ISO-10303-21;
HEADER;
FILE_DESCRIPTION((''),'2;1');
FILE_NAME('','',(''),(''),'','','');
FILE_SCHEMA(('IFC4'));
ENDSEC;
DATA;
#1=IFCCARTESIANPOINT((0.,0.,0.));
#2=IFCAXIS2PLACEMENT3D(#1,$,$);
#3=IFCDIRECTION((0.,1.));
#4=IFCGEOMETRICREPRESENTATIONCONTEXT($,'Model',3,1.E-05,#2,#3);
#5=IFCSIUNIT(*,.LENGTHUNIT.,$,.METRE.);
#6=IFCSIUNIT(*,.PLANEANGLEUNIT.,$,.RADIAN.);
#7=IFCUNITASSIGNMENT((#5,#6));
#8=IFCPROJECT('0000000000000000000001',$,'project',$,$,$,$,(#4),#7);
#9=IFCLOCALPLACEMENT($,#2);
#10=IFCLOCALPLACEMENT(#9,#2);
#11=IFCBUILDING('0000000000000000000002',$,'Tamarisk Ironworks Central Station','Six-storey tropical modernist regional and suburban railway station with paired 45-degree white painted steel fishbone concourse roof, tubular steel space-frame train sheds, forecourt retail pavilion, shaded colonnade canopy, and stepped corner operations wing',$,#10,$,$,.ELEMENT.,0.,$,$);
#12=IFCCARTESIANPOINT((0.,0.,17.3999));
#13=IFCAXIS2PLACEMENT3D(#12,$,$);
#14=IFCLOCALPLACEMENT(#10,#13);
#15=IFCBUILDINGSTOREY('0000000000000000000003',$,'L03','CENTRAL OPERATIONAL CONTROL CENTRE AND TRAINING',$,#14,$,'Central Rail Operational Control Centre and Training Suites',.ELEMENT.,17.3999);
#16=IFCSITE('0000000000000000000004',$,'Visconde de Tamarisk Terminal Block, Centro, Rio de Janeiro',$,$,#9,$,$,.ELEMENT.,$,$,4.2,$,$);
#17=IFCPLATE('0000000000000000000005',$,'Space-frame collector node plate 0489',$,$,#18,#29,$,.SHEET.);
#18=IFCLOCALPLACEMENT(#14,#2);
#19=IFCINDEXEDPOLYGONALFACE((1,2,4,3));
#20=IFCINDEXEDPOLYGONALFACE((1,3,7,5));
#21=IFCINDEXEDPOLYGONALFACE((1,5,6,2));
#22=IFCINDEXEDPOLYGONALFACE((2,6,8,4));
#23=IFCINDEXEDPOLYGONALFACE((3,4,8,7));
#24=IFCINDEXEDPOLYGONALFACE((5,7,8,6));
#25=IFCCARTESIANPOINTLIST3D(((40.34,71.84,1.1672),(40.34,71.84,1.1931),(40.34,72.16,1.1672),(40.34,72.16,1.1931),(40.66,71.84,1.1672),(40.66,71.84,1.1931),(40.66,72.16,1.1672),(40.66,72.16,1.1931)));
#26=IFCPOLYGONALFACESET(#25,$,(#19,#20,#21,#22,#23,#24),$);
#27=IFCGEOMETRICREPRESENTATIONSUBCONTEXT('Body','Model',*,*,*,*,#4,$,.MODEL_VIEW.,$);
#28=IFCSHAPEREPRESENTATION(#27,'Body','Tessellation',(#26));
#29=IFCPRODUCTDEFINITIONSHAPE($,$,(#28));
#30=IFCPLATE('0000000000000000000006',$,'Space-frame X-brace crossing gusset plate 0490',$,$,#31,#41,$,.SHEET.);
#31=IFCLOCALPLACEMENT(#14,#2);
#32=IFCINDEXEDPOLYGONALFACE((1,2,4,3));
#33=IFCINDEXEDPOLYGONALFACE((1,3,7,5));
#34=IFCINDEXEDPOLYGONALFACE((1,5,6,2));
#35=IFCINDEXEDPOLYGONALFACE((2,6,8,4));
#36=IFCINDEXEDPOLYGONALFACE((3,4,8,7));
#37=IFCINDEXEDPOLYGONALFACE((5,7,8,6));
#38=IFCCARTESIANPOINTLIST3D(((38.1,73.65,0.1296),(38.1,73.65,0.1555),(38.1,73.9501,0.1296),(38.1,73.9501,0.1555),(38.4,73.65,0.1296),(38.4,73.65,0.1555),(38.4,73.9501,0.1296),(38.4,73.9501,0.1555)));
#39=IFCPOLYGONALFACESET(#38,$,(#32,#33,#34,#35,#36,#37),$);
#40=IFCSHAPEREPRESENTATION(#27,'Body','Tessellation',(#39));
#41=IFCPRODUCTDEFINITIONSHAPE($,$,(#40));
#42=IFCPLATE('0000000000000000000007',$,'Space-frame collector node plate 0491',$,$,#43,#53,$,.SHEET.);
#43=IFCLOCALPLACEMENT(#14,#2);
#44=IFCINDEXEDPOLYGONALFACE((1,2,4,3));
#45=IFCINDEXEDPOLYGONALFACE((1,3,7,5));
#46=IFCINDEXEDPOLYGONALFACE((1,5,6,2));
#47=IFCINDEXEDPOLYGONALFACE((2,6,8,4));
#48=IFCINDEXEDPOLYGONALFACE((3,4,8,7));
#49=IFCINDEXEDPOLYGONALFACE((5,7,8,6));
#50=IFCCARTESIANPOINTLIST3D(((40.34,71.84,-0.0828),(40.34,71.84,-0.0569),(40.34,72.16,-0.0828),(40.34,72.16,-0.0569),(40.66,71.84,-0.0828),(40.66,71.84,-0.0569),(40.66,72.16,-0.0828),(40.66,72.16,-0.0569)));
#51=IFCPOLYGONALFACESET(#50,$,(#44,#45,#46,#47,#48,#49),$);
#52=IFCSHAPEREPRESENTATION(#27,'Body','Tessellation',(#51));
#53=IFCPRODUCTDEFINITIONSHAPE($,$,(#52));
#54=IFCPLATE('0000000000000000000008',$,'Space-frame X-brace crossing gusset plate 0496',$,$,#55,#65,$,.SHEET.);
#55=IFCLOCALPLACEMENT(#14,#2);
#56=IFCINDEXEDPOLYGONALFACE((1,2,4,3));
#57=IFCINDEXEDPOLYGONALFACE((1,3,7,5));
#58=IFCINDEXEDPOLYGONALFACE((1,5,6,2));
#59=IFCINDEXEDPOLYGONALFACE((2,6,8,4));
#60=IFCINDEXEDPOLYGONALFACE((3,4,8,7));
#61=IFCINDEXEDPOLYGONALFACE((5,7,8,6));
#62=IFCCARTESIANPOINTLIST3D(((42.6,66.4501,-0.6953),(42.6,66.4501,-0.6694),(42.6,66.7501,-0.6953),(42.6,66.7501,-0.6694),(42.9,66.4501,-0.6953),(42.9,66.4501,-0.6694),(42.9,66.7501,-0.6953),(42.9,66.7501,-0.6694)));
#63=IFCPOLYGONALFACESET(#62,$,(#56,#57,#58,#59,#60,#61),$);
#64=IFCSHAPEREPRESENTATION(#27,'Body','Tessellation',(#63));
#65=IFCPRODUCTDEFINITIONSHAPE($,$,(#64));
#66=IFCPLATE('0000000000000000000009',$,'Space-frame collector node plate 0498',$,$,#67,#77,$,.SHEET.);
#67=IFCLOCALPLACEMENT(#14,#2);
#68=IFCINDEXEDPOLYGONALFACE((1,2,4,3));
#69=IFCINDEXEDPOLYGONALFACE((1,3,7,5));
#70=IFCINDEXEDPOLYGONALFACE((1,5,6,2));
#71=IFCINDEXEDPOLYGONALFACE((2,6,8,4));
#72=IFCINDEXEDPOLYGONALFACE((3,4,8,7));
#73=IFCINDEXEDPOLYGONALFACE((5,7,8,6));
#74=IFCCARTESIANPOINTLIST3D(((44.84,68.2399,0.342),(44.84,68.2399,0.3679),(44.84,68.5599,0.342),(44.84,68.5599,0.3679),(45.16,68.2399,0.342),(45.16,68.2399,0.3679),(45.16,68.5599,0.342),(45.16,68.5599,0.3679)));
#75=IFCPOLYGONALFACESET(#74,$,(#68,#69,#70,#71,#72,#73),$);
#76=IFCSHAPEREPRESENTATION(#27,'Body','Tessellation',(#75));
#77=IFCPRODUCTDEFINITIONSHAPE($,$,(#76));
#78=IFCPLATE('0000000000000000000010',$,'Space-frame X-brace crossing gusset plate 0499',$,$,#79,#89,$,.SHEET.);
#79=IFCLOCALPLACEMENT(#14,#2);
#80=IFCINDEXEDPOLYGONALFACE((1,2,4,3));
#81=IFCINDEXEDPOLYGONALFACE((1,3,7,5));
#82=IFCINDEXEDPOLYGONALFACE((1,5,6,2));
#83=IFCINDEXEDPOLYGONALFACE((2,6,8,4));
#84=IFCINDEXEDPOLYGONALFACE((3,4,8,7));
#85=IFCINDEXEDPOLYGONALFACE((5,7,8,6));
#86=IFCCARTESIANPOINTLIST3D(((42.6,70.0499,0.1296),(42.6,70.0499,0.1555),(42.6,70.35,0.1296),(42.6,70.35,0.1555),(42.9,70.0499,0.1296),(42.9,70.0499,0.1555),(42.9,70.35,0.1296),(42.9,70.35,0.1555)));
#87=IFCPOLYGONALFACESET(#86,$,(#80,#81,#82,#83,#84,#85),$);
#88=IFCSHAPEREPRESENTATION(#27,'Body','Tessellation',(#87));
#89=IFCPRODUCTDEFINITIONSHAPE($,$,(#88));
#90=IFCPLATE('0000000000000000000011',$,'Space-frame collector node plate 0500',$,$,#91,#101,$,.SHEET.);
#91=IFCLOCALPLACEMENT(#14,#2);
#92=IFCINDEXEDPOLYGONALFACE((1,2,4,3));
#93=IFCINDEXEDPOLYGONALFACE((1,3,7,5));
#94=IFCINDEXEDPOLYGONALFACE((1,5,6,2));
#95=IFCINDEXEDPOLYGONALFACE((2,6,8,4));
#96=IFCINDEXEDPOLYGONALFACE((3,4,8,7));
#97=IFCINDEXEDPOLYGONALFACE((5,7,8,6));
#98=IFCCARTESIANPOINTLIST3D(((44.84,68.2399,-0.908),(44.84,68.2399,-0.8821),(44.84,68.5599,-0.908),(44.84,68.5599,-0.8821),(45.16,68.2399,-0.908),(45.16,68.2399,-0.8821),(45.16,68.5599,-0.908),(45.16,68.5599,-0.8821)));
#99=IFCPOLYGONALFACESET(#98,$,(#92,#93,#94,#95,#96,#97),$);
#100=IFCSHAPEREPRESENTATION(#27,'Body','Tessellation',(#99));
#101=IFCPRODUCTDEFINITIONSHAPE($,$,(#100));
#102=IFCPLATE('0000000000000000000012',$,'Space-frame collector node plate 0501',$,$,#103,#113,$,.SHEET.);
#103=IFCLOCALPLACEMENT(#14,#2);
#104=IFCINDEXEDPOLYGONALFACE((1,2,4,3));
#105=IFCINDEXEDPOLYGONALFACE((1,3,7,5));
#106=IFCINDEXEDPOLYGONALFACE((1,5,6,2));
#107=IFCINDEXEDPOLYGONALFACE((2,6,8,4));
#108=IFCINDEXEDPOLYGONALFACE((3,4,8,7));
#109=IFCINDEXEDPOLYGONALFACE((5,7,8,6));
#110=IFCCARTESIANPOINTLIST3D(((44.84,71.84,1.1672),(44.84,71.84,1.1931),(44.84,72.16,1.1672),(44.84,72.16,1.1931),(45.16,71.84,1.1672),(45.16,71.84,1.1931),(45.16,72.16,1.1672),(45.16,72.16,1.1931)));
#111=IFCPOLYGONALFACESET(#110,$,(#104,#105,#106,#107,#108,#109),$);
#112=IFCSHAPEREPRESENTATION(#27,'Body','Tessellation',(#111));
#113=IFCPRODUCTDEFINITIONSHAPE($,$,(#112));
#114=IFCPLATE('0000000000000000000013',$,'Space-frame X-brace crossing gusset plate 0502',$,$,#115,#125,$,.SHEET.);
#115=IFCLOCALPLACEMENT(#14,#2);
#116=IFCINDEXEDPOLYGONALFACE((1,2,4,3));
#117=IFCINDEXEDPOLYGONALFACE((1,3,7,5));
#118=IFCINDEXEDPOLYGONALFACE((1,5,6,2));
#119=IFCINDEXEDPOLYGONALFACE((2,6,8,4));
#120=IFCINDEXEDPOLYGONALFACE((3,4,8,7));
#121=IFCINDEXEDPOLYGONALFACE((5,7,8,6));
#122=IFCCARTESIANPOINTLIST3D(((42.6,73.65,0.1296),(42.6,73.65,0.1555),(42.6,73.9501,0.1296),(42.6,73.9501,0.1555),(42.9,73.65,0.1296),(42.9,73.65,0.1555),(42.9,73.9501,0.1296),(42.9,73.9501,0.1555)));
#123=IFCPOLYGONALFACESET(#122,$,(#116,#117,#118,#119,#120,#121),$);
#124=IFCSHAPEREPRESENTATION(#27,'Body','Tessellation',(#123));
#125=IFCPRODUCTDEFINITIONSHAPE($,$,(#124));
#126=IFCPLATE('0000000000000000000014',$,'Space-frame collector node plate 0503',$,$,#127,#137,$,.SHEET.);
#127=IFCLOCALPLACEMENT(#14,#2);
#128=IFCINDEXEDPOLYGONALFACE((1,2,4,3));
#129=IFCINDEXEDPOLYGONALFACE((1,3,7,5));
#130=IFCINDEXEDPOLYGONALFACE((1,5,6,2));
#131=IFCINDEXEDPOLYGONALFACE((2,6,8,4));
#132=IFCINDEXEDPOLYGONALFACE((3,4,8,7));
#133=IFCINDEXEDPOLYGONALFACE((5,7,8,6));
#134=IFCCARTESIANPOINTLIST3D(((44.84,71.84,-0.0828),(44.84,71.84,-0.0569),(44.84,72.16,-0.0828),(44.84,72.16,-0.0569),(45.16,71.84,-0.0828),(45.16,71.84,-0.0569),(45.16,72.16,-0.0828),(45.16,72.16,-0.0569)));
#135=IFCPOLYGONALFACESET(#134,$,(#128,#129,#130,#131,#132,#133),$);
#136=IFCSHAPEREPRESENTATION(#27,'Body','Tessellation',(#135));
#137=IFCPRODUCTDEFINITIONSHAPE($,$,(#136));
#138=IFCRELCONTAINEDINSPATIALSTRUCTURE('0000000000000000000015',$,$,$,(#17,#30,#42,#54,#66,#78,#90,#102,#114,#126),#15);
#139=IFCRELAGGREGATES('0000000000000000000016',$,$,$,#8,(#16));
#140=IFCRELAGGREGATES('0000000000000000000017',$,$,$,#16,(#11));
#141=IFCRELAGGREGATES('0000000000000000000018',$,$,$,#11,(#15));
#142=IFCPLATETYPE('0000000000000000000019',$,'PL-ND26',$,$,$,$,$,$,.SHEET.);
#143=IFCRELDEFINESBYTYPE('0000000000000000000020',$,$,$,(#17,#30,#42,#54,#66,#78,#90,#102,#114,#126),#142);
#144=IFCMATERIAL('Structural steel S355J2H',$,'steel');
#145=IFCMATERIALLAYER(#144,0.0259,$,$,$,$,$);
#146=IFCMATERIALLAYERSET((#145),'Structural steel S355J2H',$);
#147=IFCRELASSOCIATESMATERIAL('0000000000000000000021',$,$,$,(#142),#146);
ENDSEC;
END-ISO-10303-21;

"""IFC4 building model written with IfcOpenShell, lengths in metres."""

from ifc_helpers import new_model, si_unit, direction, frame, origin, origin_2d, place, context, subcontext, project, spatial, rectangle, extrude, material, layer, layer_set, type_object, element, save


model = new_model("IFC4")

# Units and contexts
model_context = context("Model", 3, precision=1e-05, world=origin(), true_north=direction((0.0, 1.0)))
body_context = subcontext(model_context, "Body", "Model", "MODEL_VIEW")
ifc_project = project(units=[si_unit("LENGTHUNIT", "METRE"), si_unit("PLANEANGLEUNIT", "RADIAN")], contexts=[model_context])

# Site, building, storey
site_placement = place(None, origin())
site = spatial("IfcSite", under=ifc_project, at=site_placement, Name="Visconde de Tamarisk Terminal Block, Centro, Rio de Janeiro", CompositionType="ELEMENT", RefElevation=4.2)
building_placement = place(site_placement, origin())
building = spatial("IfcBuilding", under=site, at=building_placement, Name="Tamarisk Ironworks Central Station", Description="Six-storey tropical modernist regional and suburban railway station with paired 45-degree white painted steel fishbone concourse roof, tubular steel space-frame train sheds, forecourt retail pavilion, shaded colonnade canopy, and stepped corner operations wing", CompositionType="ELEMENT", ElevationOfRefHeight=0.0)
storey_placement = place(building_placement, frame((0.0, 0.0, 17.3999)))
storey = spatial("IfcBuildingStorey", under=building, at=storey_placement, Name="L03", Description="CENTRAL OPERATIONAL CONTROL CENTRE AND TRAINING", LongName="Central Rail Operational Control Centre and Training Suites", CompositionType="ELEMENT", Elevation=17.3999)

# Shared definitions
ifc_material_1 = material(Name="Structural steel S355J2H", Category="steel")

# Plates
ifc_layer = layer(ifc_material_1, 0.0259)
ifc_layer_set = layer_set([ifc_layer], Name="Structural steel S355J2H")
plate_type = type_object("IfcPlateType", Name="PL-ND26", PredefinedType="SHEET", material=ifc_layer_set)
for number, where, z_axis, x_axis, name in (
    (1, (40.5, 72.0, 1.1672), (0.0, 0.0, 1.0), (1.0, 0.0, 0.0), "Space-frame collector node plate 0489"),
):
    element("IfcPlate", number, at=place(storey_placement, frame(where, z_axis=z_axis, x_axis=x_axis)), inside=storey, type_object=plate_type, Name=name, PredefinedType="SHEET", context=body_context, shape_type="SweptSolid", body=[
        extrude(rectangle(XDim=0.3201, YDim=0.3201, at=origin_2d()), origin(), (0.0, 0.0, 1.0), 0.0259),
    ])
plate_1_placement = place(storey_placement, frame((38.25, 73.8, 0.1296), z_axis=(0.0, 0.0, 1.0), x_axis=(1.0, 0.0, 0.0)))
element("IfcPlate", 2, at=plate_1_placement, inside=storey, type_object=plate_type, Name="Space-frame X-brace crossing gusset plate 0490", PredefinedType="SHEET", context=body_context, shape_type="SweptSolid", body=[
    extrude(rectangle(XDim=0.3, YDim=0.3, at=origin_2d()), origin(), (0.0, 0.0, 1.0), 0.0259),
])
plate_2_placement = place(storey_placement, frame((40.5, 72.0, -0.0828), z_axis=(0.0, 0.0, 1.0), x_axis=(1.0, 0.0, 0.0)))
element("IfcPlate", 3, at=plate_2_placement, inside=storey, type_object=plate_type, Name="Space-frame collector node plate 0491", PredefinedType="SHEET", context=body_context, shape_type="SweptSolid", body=[
    extrude(rectangle(XDim=0.3201, YDim=0.3201, at=origin_2d()), origin(), (0.0, 0.0, 1.0), 0.0259),
])
plate_3_placement = place(storey_placement, frame((42.75, 66.6001, -0.6953), z_axis=(0.0, 0.0, 1.0), x_axis=(1.0, 0.0, 0.0)))
element("IfcPlate", 4, at=plate_3_placement, inside=storey, type_object=plate_type, Name="Space-frame X-brace crossing gusset plate 0496", PredefinedType="SHEET", context=body_context, shape_type="SweptSolid", body=[
    extrude(rectangle(XDim=0.3, YDim=0.3, at=origin_2d()), origin(), (0.0, 0.0, 1.0), 0.0259),
])
plate_4_placement = place(storey_placement, frame((45.0, 68.3999, 0.342), z_axis=(0.0, 0.0, 1.0), x_axis=(1.0, 0.0, 0.0)))
element("IfcPlate", 5, at=plate_4_placement, inside=storey, type_object=plate_type, Name="Space-frame collector node plate 0498", PredefinedType="SHEET", context=body_context, shape_type="SweptSolid", body=[
    extrude(rectangle(XDim=0.3201, YDim=0.3201, at=origin_2d()), origin(), (0.0, 0.0, 1.0), 0.0259),
])
plate_5_placement = place(storey_placement, frame((42.75, 70.2, 0.1296), z_axis=(0.0, 0.0, 1.0), x_axis=(1.0, 0.0, 0.0)))
element("IfcPlate", 6, at=plate_5_placement, inside=storey, type_object=plate_type, Name="Space-frame X-brace crossing gusset plate 0499", PredefinedType="SHEET", context=body_context, shape_type="SweptSolid", body=[
    extrude(rectangle(XDim=0.3, YDim=0.3, at=origin_2d()), origin(), (0.0, 0.0, 1.0), 0.0259),
])
for number, where, z_axis, x_axis, name in (
    (7, (45.0, 68.3999, -0.908), (0.0, 0.0, 1.0), (1.0, 0.0, 0.0), "Space-frame collector node plate 0500"),
    (8, (45.0, 72.0, 1.1672), (0.0, 0.0, 1.0), (1.0, 0.0, 0.0), "Space-frame collector node plate 0501"),
):
    element("IfcPlate", number, at=place(storey_placement, frame(where, z_axis=z_axis, x_axis=x_axis)), inside=storey, type_object=plate_type, Name=name, PredefinedType="SHEET", context=body_context, shape_type="SweptSolid", body=[
        extrude(rectangle(XDim=0.3201, YDim=0.3201, at=origin_2d()), origin(), (0.0, 0.0, 1.0), 0.0259),
    ])
plate_6_placement = place(storey_placement, frame((42.75, 73.8, 0.1296), z_axis=(0.0, 0.0, 1.0), x_axis=(1.0, 0.0, 0.0)))
element("IfcPlate", 9, at=plate_6_placement, inside=storey, type_object=plate_type, Name="Space-frame X-brace crossing gusset plate 0502", PredefinedType="SHEET", context=body_context, shape_type="SweptSolid", body=[
    extrude(rectangle(XDim=0.3, YDim=0.3, at=origin_2d()), origin(), (0.0, 0.0, 1.0), 0.0259),
])
plate_7_placement = place(storey_placement, frame((45.0, 72.0, -0.0828), z_axis=(0.0, 0.0, 1.0), x_axis=(1.0, 0.0, 0.0)))
element("IfcPlate", 10, at=plate_7_placement, inside=storey, type_object=plate_type, Name="Space-frame collector node plate 0503", PredefinedType="SHEET", context=body_context, shape_type="SweptSolid", body=[
    extrude(rectangle(XDim=0.3201, YDim=0.3201, at=origin_2d()), origin(), (0.0, 0.0, 1.0), 0.0259),
])

save(model, "model.ifc")
